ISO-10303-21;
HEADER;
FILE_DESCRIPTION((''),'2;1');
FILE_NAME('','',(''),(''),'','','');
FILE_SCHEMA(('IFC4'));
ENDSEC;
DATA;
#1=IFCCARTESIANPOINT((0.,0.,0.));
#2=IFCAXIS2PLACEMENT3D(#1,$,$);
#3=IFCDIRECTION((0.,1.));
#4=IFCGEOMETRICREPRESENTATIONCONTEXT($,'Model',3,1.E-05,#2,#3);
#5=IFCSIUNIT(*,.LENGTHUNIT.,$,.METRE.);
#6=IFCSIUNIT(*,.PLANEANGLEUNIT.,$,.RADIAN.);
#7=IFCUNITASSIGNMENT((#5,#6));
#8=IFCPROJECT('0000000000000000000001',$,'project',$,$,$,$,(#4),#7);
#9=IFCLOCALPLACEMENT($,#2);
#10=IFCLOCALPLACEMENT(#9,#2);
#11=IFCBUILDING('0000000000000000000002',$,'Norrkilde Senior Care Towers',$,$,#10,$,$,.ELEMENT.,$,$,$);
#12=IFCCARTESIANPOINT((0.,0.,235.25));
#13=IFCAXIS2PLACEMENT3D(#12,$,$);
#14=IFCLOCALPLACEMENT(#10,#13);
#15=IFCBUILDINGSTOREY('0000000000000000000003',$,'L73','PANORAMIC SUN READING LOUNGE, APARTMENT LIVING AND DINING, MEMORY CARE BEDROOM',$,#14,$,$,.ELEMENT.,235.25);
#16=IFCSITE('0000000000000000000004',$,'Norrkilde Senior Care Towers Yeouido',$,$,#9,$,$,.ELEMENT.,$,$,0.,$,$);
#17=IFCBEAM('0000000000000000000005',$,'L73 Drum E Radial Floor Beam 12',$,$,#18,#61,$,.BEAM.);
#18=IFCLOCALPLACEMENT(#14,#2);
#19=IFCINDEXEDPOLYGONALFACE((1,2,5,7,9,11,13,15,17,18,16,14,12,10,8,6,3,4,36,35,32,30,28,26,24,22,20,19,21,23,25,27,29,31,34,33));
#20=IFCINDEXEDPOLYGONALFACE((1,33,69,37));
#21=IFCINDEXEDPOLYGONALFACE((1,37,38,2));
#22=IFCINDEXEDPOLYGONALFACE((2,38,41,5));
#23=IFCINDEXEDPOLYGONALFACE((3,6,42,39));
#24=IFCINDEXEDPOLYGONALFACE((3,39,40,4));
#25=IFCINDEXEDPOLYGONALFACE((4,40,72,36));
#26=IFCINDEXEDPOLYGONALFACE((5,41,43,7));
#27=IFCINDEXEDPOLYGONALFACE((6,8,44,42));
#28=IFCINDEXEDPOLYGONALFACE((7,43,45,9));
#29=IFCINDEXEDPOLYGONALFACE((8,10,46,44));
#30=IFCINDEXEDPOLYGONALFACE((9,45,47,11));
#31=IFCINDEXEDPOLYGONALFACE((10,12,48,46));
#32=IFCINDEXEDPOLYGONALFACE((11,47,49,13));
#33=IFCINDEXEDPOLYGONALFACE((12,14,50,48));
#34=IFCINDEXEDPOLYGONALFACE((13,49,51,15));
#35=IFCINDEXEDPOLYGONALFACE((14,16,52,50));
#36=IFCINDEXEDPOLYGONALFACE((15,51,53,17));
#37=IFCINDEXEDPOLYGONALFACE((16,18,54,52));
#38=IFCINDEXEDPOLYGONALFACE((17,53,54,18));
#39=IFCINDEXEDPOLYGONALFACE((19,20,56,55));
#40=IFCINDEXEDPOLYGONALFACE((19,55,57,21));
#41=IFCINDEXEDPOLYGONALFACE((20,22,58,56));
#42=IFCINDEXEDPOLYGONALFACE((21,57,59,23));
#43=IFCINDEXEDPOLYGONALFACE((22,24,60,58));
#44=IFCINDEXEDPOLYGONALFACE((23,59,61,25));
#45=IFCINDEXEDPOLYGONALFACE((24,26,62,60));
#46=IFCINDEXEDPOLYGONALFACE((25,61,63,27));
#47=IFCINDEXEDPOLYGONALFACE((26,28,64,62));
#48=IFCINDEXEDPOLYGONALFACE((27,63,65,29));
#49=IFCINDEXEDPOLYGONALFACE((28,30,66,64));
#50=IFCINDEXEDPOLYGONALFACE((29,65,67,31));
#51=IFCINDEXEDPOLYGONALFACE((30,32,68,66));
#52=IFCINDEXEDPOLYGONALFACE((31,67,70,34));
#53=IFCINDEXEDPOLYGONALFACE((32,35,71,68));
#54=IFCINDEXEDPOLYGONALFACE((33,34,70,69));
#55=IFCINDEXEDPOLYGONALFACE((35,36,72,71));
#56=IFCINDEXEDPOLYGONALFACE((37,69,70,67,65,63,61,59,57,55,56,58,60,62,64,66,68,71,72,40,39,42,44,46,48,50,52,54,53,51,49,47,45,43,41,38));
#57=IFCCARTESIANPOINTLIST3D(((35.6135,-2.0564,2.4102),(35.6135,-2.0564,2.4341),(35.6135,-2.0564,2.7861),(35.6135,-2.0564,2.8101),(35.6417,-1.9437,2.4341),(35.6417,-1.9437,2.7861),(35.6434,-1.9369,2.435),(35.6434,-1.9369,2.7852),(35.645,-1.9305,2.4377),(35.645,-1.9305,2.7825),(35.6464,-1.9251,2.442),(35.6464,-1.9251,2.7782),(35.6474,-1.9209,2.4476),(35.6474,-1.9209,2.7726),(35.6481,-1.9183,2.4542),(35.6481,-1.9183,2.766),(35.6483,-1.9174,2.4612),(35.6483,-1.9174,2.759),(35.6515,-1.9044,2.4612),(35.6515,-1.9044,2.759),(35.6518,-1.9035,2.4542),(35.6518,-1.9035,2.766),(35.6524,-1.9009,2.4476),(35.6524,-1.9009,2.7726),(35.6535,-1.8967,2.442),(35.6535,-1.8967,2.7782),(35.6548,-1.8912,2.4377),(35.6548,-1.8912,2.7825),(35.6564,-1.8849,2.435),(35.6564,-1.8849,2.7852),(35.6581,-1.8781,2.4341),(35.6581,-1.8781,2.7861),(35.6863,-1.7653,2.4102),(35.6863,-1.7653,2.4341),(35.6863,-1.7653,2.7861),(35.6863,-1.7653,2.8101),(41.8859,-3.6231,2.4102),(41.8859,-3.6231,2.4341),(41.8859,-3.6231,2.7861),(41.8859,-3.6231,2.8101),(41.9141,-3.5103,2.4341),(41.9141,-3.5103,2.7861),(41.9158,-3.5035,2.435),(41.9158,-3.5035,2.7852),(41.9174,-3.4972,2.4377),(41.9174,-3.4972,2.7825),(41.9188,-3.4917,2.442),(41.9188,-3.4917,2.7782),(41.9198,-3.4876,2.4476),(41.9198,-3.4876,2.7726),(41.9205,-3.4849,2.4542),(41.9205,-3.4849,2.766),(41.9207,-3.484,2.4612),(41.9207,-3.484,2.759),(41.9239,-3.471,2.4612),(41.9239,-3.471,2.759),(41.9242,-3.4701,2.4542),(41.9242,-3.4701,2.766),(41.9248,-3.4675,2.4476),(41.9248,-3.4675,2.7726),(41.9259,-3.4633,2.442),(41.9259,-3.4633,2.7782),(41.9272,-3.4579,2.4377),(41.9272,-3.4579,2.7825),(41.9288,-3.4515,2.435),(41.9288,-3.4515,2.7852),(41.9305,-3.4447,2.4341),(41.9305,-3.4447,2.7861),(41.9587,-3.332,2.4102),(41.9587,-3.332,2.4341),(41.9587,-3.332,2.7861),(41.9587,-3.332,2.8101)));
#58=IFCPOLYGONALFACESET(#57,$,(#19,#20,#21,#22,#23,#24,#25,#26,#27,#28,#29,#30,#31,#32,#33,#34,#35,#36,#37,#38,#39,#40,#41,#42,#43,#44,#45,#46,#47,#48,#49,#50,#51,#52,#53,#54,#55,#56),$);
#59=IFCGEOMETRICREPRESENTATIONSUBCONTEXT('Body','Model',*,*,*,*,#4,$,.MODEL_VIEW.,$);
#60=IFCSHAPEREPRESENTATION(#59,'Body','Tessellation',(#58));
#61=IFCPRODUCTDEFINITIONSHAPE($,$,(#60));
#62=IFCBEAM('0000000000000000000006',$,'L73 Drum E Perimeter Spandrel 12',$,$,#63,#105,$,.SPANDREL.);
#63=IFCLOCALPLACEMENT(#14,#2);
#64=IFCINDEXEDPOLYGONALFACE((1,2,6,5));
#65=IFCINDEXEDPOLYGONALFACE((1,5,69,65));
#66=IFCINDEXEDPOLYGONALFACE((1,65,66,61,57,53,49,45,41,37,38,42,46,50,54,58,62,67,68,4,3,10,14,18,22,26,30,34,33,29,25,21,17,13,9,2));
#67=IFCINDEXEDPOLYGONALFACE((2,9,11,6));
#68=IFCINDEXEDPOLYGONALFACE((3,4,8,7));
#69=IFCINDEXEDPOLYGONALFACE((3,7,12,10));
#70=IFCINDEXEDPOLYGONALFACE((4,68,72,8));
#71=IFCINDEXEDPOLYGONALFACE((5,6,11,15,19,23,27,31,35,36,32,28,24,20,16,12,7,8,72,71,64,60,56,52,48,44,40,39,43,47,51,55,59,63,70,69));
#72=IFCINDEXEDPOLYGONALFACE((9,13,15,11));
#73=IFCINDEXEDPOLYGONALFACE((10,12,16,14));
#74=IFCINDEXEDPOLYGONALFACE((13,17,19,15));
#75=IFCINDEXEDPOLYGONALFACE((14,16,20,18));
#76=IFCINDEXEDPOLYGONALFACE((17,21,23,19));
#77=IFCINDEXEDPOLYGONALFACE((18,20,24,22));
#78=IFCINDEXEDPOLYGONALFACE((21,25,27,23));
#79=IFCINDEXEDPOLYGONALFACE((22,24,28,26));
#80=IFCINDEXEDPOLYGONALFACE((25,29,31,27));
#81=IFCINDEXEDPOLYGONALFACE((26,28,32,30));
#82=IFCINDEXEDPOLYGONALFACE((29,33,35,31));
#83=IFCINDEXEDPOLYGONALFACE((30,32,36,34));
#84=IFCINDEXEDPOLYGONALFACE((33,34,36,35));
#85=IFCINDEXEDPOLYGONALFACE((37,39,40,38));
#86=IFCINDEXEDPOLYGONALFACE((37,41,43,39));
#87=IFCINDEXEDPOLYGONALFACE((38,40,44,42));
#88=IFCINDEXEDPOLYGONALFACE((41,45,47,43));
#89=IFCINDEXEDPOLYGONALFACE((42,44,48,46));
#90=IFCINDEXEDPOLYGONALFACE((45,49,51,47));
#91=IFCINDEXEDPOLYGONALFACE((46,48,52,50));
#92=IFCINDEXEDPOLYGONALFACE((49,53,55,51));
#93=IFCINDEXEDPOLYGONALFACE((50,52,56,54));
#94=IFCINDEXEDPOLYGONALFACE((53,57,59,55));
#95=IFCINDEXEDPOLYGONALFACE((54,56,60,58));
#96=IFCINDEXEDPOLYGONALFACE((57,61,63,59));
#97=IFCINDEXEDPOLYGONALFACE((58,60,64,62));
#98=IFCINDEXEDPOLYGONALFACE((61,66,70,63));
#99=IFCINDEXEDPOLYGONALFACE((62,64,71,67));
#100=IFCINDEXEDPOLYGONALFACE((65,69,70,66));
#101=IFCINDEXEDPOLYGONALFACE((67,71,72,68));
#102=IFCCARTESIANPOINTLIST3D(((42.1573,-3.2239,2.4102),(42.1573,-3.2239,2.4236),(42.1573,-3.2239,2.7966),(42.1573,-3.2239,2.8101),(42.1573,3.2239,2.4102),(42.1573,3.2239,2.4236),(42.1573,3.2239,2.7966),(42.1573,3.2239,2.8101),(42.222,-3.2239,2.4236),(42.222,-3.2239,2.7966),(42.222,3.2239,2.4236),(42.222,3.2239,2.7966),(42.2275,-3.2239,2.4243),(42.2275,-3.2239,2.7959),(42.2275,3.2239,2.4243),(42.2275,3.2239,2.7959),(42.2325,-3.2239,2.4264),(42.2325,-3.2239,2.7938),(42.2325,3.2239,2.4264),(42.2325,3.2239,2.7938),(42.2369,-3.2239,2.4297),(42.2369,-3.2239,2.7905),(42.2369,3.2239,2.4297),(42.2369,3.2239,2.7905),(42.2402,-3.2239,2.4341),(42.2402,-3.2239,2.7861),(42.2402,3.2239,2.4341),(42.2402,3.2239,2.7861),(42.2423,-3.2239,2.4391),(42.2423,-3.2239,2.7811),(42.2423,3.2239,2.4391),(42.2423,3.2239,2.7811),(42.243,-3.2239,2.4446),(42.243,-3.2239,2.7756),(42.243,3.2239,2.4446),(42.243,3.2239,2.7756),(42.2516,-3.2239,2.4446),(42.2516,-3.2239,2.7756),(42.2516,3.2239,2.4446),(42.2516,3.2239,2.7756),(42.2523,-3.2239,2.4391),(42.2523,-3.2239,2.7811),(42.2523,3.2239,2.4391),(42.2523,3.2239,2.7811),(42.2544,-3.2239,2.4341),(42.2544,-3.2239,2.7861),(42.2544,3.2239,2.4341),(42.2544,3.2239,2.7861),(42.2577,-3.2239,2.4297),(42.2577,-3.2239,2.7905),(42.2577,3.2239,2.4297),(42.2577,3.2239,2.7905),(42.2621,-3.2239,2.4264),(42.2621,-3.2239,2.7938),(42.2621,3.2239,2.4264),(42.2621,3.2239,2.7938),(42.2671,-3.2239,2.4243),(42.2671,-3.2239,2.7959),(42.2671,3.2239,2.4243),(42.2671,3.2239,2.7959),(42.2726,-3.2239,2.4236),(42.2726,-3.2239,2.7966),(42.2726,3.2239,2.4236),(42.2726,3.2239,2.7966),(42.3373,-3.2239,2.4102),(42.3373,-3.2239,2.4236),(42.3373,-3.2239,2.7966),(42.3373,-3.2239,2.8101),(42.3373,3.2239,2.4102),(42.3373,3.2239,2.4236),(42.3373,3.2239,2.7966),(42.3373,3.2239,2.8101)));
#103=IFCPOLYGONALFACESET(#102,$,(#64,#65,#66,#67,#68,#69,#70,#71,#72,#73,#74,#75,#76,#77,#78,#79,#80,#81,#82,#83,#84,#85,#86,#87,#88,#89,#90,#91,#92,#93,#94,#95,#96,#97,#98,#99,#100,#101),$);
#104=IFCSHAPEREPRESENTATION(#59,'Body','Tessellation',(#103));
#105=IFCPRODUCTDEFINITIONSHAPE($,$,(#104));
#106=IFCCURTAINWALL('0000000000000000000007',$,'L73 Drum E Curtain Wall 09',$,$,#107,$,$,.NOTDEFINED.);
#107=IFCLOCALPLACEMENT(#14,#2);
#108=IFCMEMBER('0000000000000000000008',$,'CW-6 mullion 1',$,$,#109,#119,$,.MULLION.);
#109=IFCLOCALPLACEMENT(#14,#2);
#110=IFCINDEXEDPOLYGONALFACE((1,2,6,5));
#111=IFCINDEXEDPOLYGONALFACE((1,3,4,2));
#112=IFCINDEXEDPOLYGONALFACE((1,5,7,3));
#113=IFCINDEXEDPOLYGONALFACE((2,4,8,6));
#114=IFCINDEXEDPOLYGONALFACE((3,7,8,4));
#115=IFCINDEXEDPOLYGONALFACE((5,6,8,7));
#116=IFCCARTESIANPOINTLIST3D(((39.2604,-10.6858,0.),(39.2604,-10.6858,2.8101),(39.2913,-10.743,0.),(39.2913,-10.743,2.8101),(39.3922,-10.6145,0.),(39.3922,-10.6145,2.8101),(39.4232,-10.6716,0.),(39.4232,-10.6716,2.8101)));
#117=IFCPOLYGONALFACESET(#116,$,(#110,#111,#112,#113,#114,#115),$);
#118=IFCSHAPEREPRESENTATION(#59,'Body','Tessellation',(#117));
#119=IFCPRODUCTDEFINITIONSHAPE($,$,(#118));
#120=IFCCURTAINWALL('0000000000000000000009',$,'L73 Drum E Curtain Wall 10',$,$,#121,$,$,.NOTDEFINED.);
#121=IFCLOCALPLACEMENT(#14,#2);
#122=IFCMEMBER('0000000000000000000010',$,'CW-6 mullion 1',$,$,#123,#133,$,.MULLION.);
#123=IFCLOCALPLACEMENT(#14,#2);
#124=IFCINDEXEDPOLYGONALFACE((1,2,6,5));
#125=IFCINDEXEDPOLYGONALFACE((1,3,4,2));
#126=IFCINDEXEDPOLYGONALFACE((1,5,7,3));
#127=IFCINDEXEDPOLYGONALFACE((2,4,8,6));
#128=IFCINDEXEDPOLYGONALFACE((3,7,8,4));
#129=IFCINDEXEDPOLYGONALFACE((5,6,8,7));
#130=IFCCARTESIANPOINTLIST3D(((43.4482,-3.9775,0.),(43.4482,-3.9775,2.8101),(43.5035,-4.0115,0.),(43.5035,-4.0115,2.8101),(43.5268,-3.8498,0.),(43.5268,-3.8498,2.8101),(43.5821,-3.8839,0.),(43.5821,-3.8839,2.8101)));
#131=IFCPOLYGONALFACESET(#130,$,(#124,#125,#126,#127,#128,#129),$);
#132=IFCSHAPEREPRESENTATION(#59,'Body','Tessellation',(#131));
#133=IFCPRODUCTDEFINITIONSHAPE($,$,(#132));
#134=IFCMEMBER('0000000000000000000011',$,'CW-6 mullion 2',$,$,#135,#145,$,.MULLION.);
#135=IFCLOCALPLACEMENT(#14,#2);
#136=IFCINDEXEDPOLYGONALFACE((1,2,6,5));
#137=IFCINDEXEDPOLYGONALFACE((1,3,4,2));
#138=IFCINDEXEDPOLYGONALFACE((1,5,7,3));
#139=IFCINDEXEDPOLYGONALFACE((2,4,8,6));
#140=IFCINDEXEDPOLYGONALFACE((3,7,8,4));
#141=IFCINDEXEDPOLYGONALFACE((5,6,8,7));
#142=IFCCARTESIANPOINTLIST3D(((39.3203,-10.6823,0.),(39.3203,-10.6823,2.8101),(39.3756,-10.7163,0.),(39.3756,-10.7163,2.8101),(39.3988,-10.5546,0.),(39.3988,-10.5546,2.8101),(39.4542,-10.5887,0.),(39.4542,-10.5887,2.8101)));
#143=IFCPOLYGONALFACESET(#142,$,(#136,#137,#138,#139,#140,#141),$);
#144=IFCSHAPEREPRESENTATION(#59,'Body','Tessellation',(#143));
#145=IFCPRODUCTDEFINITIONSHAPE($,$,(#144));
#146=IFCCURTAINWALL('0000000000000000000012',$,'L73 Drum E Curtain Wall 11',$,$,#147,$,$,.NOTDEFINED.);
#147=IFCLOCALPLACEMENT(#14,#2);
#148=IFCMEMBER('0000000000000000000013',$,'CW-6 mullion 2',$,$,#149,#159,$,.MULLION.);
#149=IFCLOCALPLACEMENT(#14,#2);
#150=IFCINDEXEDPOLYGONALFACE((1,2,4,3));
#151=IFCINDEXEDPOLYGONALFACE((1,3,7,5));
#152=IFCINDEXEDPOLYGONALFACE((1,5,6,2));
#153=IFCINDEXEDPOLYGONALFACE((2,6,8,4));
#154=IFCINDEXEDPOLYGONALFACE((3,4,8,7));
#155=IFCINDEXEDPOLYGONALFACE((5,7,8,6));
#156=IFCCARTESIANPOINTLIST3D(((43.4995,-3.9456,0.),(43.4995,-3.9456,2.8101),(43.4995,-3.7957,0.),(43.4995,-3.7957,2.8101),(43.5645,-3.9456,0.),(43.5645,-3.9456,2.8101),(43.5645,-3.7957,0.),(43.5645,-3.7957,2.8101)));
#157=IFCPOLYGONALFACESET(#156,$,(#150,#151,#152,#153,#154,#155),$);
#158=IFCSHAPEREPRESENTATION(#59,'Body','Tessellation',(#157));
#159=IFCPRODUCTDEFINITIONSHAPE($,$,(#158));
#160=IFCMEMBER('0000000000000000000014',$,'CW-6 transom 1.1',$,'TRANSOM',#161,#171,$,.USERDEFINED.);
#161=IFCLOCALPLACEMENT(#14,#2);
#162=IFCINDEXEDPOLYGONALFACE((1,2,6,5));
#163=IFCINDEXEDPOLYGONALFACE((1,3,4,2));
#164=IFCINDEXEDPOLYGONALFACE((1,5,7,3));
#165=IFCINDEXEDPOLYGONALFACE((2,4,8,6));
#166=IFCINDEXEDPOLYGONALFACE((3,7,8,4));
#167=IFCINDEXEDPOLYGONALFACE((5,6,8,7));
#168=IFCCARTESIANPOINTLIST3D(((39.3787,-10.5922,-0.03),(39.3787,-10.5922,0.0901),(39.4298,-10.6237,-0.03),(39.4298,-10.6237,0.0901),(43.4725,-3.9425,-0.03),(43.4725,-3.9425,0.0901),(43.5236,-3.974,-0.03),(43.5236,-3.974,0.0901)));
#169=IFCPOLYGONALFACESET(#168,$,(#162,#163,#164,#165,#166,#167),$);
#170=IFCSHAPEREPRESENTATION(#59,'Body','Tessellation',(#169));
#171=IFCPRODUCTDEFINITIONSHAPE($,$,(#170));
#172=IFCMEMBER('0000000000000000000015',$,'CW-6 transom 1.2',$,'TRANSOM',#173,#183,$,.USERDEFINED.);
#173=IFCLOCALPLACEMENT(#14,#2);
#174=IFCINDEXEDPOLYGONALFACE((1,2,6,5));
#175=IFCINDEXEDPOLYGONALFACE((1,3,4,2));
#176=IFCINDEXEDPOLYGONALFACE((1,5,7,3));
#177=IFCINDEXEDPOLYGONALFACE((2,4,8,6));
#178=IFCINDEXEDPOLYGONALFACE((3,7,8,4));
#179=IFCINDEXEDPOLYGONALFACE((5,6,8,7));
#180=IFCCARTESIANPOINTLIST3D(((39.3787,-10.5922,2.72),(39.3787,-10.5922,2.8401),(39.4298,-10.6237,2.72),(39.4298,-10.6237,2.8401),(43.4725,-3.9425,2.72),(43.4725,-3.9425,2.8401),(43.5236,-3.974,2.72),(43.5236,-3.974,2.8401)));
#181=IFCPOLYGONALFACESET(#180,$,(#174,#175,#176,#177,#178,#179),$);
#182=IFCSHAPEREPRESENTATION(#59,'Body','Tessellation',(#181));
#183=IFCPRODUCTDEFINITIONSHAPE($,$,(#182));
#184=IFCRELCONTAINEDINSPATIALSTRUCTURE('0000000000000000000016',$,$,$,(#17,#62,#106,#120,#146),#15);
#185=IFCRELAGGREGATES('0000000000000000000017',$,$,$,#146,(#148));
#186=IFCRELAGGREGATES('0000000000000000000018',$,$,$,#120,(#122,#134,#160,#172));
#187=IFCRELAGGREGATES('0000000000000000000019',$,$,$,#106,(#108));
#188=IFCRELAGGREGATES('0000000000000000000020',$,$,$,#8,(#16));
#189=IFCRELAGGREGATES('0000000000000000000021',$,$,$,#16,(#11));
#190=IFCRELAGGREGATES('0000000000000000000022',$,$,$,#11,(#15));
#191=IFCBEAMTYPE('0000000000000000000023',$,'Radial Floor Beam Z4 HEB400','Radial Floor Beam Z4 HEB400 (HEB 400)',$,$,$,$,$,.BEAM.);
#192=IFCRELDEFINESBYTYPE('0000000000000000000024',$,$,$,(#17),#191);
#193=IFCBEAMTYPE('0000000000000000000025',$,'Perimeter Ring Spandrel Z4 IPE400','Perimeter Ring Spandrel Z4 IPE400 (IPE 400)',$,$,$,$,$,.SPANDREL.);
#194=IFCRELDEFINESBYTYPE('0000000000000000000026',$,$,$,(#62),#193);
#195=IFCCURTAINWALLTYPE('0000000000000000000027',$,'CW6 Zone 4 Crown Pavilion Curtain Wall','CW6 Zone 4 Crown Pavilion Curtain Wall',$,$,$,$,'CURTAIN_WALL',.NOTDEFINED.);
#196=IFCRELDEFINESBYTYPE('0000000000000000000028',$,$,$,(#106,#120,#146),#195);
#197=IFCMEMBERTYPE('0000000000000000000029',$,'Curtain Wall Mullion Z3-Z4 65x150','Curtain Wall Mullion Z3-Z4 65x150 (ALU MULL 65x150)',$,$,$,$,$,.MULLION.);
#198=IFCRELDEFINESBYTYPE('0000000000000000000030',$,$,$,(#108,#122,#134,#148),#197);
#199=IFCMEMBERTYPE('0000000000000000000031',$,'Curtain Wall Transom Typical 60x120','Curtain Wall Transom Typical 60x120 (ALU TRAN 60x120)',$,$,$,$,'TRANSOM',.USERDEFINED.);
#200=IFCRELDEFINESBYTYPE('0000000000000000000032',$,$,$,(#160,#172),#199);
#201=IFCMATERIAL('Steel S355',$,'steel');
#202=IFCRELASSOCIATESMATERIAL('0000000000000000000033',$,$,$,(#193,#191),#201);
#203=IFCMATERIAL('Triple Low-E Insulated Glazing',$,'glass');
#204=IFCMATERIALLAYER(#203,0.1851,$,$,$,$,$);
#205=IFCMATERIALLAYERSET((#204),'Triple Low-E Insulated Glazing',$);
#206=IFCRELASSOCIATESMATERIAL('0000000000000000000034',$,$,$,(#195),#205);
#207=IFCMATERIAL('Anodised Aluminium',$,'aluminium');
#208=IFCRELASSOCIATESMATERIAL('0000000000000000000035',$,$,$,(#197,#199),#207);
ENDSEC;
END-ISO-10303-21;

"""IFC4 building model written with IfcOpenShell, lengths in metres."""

from ifc_helpers import new_model, si_unit, direction, frame, origin, origin_2d, place, context, subcontext, project, spatial, rectangle, i_section, extrude, source, transform, mapped, material, layer, layer_set, material_profile, profile_set, type_object, type_shapes, element, aggregate, save


model = new_model("IFC4")

# Units and contexts
model_context = context("Model", 3, precision=1e-05, world=origin(), true_north=direction((0.0, 1.0)))
body_context = subcontext(model_context, "Body", "Model", "MODEL_VIEW")
ifc_project = project(units=[si_unit("LENGTHUNIT", "METRE"), si_unit("PLANEANGLEUNIT", "RADIAN")], contexts=[model_context])

# Site, building, storey
site_placement = place(None, origin())
site = spatial("IfcSite", under=ifc_project, at=site_placement, Name="Norrkilde Senior Care Towers Yeouido", CompositionType="ELEMENT", RefElevation=0.0)
building_placement = place(site_placement, origin())
building = spatial("IfcBuilding", under=site, at=building_placement, Name="Norrkilde Senior Care Towers", CompositionType="ELEMENT")
storey_placement = place(building_placement, frame((0.0, 0.0, 235.25)))
storey = spatial("IfcBuildingStorey", under=building, at=storey_placement, Name="L73", Description="PANORAMIC SUN READING LOUNGE, APARTMENT LIVING AND DINING, MEMORY CARE BEDROOM", CompositionType="ELEMENT", Elevation=235.25)

# Beams
ifc_material_1 = material(Name="Steel S355", Category="steel")
ifc_material_profile_1 = material_profile(ifc_material_1, i_section(OverallWidth=0.1799, OverallDepth=0.3999, WebThickness=0.0085, FlangeThickness=0.0134, FilletRadius=0.021, at=origin_2d()), Name="IPE 400")
ifc_profile_set_1 = profile_set([ifc_material_profile_1], Name="Steel S355")
beam_type_1 = type_object("IfcBeamType", Name="Perimeter Ring Spandrel Z4 IPE400", Description="Perimeter Ring Spandrel Z4 IPE400 (IPE 400)", PredefinedType="SPANDREL", material=ifc_profile_set_1)
ifc_material_profile_2 = material_profile(ifc_material_1, i_section(OverallWidth=0.3, OverallDepth=0.3999, WebThickness=0.0134, FlangeThickness=0.0239, FilletRadius=0.0271, at=origin_2d()), Name="HEB 400")
ifc_profile_set_2 = profile_set([ifc_material_profile_2], Name="Steel S355")
beam_type_2 = type_object("IfcBeamType", Name="Radial Floor Beam Z4 HEB400", Description="Radial Floor Beam Z4 HEB400 (HEB 400)", PredefinedType="BEAM", material=ifc_profile_set_2)
shared_shape_1 = source(origin(), body_context, "Body", "SweptSolid", [
    extrude(i_section(OverallWidth=0.3, OverallDepth=0.3999, WebThickness=0.0134, FlangeThickness=0.0239, FilletRadius=0.0271, at=origin_2d()), origin(), (0.0, 0.0, 1.0), 6.4651),
])
type_shapes(beam_type_2, [shared_shape_1])
beam_1_placement = place(storey_placement, frame((35.6499, -1.9109, 2.6101), z_axis=(0.970196, -0.242322, 0.0), x_axis=(0.242322, 0.970196, 0.0)))
element("IfcBeam", 1, at=beam_1_placement, inside=storey, type_object=beam_type_2, Name="L73 Drum E Radial Floor Beam 12", PredefinedType="BEAM", context=body_context, shape_type="MappedRepresentation", body=[
    mapped(shared_shape_1, transform((0.0, 0.0, 0.0), x_axis=(1.0, 0.0, 0.0), y_axis=(0.0, 1.0, 0.0), z_axis=(0.0, 0.0, 1.0), scale=1.0)),
])
shared_shape_2 = source(origin(), body_context, "Body", "SweptSolid", [
    extrude(i_section(OverallWidth=0.1799, OverallDepth=0.3999, WebThickness=0.0085, FlangeThickness=0.0134, FilletRadius=0.021, at=origin_2d()), origin(), (0.0, 0.0, 1.0), 6.4478),
])
beam_2_placement = place(storey_placement, frame((42.2473, -3.2239, 2.6101), z_axis=(0.0, 1.0, 0.0), x_axis=(-1.0, 0.0, 0.0)))
element("IfcBeam", 2, at=beam_2_placement, inside=storey, type_object=beam_type_1, Name="L73 Drum E Perimeter Spandrel 12", PredefinedType="SPANDREL", context=body_context, shape_type="MappedRepresentation", body=[
    mapped(shared_shape_2, transform((0.0, 0.0, 0.0), x_axis=(1.0, 0.0, 0.0), y_axis=(0.0, 1.0, 0.0), z_axis=(0.0, 0.0, 1.0), scale=1.0)),
])

# Curtain wall, member
ifc_material_2 = material(Name="Triple Low-E Insulated Glazing", Category="glass")
ifc_layer_1 = layer(ifc_material_2, 0.1851)
ifc_layer_set_1 = layer_set([ifc_layer_1], Name="Triple Low-E Insulated Glazing")
curtain_wall_type = type_object("IfcCurtainWallType", Name="CW6 Zone 4 Crown Pavilion Curtain Wall", Description="CW6 Zone 4 Crown Pavilion Curtain Wall", ElementType="CURTAIN_WALL", PredefinedType="NOTDEFINED", material=ifc_layer_set_1)
curtain_wall_1_placement = place(storey_placement, origin())
curtain_wall_1 = element("IfcCurtainWall", 3, at=curtain_wall_1_placement, inside=storey, type_object=curtain_wall_type, Name="L73 Drum E Curtain Wall 09", PredefinedType="NOTDEFINED")
ifc_material_3 = material(Name="Anodised Aluminium", Category="aluminium")
ifc_material_profile_3 = material_profile(ifc_material_3, rectangle(XDim=0.0649, YDim=0.1499, at=origin_2d()), Name="ALU MULL 65x150")
ifc_profile_set_3 = profile_set([ifc_material_profile_3], Name="Anodised Aluminium")
member_type_1 = type_object("IfcMemberType", Name="Curtain Wall Mullion Z3-Z4 65x150", Description="Curtain Wall Mullion Z3-Z4 65x150 (ALU MULL 65x150)", PredefinedType="MULLION", material=ifc_profile_set_3)
shared_shape_3 = source(origin(), body_context, "Body", "SweptSolid", [
    extrude(rectangle(XDim=0.0649, YDim=0.1499, at=origin_2d()), origin(), (0.0, 0.0, 1.0), 2.8101),
])
type_shapes(member_type_1, [shared_shape_3])
member_1_placement = place(storey_placement, frame((39.3418, -10.6787, 0.0), z_axis=(0.0, 0.0, 1.0), x_axis=(0.476133, -0.879373, 0.0)))
member_1 = element("IfcMember", 4, at=member_1_placement, type_object=member_type_1, Name="CW-6 mullion 1", PredefinedType="MULLION", context=body_context, shape_type="MappedRepresentation", body=[
    mapped(shared_shape_3, transform((0.0, 0.0, 0.0), x_axis=(1.0, 0.0, 0.0), y_axis=(0.0, 1.0, 0.0), z_axis=(0.0, 0.0, 1.0), scale=1.0)),
])

# Curtain wall, members
curtain_wall_2_placement = place(storey_placement, origin())
curtain_wall_2 = element("IfcCurtainWall", 5, at=curtain_wall_2_placement, inside=storey, type_object=curtain_wall_type, Name="L73 Drum E Curtain Wall 10", PredefinedType="NOTDEFINED")
member_2_placement = place(storey_placement, frame((43.5151, -3.9307, 0.0), z_axis=(0.0, 0.0, 1.0), x_axis=(0.851563, -0.524253, 0.0)))
member_2 = element("IfcMember", 6, at=member_2_placement, type_object=member_type_1, Name="CW-6 mullion 1", PredefinedType="MULLION", context=body_context, shape_type="MappedRepresentation", body=[
    mapped(shared_shape_3, transform((0.0, 0.0, 0.0), x_axis=(1.0, 0.0, 0.0), y_axis=(0.0, 1.0, 0.0), z_axis=(0.0, 0.0, 1.0), scale=1.0)),
])
member_3_placement = place(storey_placement, frame((39.3872, -10.6355, 0.0), z_axis=(0.0, 0.0, 1.0), x_axis=(0.851563, -0.524253, 0.0)))
member_3 = element("IfcMember", 7, at=member_3_placement, type_object=member_type_1, Name="CW-6 mullion 2", PredefinedType="MULLION", context=body_context, shape_type="MappedRepresentation", body=[
    mapped(shared_shape_3, transform((0.0, 0.0, 0.0), x_axis=(1.0, 0.0, 0.0), y_axis=(0.0, 1.0, 0.0), z_axis=(0.0, 0.0, 1.0), scale=1.0)),
])

# Curtain wall, member
curtain_wall_3_placement = place(storey_placement, origin())
curtain_wall_3 = element("IfcCurtainWall", 8, at=curtain_wall_3_placement, inside=storey, type_object=curtain_wall_type, Name="L73 Drum E Curtain Wall 11", PredefinedType="NOTDEFINED")
member_4_placement = place(storey_placement, frame((43.532, -3.8706, 0.0), z_axis=(0.0, 0.0, 1.0), x_axis=(1.0, 0.0, 0.0)))
member_4 = element("IfcMember", 9, at=member_4_placement, type_object=member_type_1, Name="CW-6 mullion 2", PredefinedType="MULLION", context=body_context, shape_type="MappedRepresentation", body=[
    mapped(shared_shape_3, transform((0.0, 0.0, 0.0), x_axis=(1.0, 0.0, 0.0), y_axis=(0.0, 1.0, 0.0), z_axis=(0.0, 0.0, 1.0), scale=1.0)),
])
aggregate(curtain_wall_3, [member_4])

# Members
ifc_material_profile_4 = material_profile(ifc_material_3, rectangle(XDim=0.0601, YDim=0.1201, at=origin_2d()), Name="ALU TRAN 60x120")
ifc_profile_set_4 = profile_set([ifc_material_profile_4], Name="Anodised Aluminium")
member_type_2 = type_object("IfcMemberType", Name="Curtain Wall Transom Typical 60x120", Description="Curtain Wall Transom Typical 60x120 (ALU TRAN 60x120)", ElementType="TRANSOM", PredefinedType="USERDEFINED", material=ifc_profile_set_4)
shared_shape_4 = source(origin(), body_context, "Body", "SweptSolid", [
    extrude(rectangle(XDim=0.0601, YDim=0.1201, at=origin_2d()), origin(), (0.0, 0.0, 1.0), 7.8088),
])
member_5_placement = place(storey_placement, frame((43.498, -3.9583, 0.03), z_axis=(-0.524251, -0.851564, 0.0), x_axis=(0.851564, -0.524251, 0.0)))
member_5 = element("IfcMember", 10, at=member_5_placement, type_object=member_type_2, Name="CW-6 transom 1.1", ObjectType="TRANSOM", PredefinedType="USERDEFINED", context=body_context, shape_type="MappedRepresentation", body=[
    mapped(shared_shape_4, transform((0.0, 0.0, 0.0), x_axis=(1.0, 0.0, 0.0), y_axis=(0.0, 1.0, 0.0), z_axis=(0.0, 0.0, 1.0), scale=1.0)),
])
member_6_placement = place(storey_placement, frame((43.498, -3.9583, 2.78), z_axis=(-0.524251, -0.851564, 0.0), x_axis=(0.851564, -0.524251, 0.0)))
member_6 = element("IfcMember", 11, at=member_6_placement, type_object=member_type_2, Name="CW-6 transom 1.2", ObjectType="TRANSOM", PredefinedType="USERDEFINED", context=body_context, shape_type="MappedRepresentation", body=[
    mapped(shared_shape_4, transform((0.0, 0.0, 0.0), x_axis=(1.0, 0.0, 0.0), y_axis=(0.0, 1.0, 0.0), z_axis=(0.0, 0.0, 1.0), scale=1.0)),
])

aggregate(curtain_wall_2, [member_2, member_3, member_5, member_6])
aggregate(curtain_wall_1, [member_1])

save(model, "model.ifc")
